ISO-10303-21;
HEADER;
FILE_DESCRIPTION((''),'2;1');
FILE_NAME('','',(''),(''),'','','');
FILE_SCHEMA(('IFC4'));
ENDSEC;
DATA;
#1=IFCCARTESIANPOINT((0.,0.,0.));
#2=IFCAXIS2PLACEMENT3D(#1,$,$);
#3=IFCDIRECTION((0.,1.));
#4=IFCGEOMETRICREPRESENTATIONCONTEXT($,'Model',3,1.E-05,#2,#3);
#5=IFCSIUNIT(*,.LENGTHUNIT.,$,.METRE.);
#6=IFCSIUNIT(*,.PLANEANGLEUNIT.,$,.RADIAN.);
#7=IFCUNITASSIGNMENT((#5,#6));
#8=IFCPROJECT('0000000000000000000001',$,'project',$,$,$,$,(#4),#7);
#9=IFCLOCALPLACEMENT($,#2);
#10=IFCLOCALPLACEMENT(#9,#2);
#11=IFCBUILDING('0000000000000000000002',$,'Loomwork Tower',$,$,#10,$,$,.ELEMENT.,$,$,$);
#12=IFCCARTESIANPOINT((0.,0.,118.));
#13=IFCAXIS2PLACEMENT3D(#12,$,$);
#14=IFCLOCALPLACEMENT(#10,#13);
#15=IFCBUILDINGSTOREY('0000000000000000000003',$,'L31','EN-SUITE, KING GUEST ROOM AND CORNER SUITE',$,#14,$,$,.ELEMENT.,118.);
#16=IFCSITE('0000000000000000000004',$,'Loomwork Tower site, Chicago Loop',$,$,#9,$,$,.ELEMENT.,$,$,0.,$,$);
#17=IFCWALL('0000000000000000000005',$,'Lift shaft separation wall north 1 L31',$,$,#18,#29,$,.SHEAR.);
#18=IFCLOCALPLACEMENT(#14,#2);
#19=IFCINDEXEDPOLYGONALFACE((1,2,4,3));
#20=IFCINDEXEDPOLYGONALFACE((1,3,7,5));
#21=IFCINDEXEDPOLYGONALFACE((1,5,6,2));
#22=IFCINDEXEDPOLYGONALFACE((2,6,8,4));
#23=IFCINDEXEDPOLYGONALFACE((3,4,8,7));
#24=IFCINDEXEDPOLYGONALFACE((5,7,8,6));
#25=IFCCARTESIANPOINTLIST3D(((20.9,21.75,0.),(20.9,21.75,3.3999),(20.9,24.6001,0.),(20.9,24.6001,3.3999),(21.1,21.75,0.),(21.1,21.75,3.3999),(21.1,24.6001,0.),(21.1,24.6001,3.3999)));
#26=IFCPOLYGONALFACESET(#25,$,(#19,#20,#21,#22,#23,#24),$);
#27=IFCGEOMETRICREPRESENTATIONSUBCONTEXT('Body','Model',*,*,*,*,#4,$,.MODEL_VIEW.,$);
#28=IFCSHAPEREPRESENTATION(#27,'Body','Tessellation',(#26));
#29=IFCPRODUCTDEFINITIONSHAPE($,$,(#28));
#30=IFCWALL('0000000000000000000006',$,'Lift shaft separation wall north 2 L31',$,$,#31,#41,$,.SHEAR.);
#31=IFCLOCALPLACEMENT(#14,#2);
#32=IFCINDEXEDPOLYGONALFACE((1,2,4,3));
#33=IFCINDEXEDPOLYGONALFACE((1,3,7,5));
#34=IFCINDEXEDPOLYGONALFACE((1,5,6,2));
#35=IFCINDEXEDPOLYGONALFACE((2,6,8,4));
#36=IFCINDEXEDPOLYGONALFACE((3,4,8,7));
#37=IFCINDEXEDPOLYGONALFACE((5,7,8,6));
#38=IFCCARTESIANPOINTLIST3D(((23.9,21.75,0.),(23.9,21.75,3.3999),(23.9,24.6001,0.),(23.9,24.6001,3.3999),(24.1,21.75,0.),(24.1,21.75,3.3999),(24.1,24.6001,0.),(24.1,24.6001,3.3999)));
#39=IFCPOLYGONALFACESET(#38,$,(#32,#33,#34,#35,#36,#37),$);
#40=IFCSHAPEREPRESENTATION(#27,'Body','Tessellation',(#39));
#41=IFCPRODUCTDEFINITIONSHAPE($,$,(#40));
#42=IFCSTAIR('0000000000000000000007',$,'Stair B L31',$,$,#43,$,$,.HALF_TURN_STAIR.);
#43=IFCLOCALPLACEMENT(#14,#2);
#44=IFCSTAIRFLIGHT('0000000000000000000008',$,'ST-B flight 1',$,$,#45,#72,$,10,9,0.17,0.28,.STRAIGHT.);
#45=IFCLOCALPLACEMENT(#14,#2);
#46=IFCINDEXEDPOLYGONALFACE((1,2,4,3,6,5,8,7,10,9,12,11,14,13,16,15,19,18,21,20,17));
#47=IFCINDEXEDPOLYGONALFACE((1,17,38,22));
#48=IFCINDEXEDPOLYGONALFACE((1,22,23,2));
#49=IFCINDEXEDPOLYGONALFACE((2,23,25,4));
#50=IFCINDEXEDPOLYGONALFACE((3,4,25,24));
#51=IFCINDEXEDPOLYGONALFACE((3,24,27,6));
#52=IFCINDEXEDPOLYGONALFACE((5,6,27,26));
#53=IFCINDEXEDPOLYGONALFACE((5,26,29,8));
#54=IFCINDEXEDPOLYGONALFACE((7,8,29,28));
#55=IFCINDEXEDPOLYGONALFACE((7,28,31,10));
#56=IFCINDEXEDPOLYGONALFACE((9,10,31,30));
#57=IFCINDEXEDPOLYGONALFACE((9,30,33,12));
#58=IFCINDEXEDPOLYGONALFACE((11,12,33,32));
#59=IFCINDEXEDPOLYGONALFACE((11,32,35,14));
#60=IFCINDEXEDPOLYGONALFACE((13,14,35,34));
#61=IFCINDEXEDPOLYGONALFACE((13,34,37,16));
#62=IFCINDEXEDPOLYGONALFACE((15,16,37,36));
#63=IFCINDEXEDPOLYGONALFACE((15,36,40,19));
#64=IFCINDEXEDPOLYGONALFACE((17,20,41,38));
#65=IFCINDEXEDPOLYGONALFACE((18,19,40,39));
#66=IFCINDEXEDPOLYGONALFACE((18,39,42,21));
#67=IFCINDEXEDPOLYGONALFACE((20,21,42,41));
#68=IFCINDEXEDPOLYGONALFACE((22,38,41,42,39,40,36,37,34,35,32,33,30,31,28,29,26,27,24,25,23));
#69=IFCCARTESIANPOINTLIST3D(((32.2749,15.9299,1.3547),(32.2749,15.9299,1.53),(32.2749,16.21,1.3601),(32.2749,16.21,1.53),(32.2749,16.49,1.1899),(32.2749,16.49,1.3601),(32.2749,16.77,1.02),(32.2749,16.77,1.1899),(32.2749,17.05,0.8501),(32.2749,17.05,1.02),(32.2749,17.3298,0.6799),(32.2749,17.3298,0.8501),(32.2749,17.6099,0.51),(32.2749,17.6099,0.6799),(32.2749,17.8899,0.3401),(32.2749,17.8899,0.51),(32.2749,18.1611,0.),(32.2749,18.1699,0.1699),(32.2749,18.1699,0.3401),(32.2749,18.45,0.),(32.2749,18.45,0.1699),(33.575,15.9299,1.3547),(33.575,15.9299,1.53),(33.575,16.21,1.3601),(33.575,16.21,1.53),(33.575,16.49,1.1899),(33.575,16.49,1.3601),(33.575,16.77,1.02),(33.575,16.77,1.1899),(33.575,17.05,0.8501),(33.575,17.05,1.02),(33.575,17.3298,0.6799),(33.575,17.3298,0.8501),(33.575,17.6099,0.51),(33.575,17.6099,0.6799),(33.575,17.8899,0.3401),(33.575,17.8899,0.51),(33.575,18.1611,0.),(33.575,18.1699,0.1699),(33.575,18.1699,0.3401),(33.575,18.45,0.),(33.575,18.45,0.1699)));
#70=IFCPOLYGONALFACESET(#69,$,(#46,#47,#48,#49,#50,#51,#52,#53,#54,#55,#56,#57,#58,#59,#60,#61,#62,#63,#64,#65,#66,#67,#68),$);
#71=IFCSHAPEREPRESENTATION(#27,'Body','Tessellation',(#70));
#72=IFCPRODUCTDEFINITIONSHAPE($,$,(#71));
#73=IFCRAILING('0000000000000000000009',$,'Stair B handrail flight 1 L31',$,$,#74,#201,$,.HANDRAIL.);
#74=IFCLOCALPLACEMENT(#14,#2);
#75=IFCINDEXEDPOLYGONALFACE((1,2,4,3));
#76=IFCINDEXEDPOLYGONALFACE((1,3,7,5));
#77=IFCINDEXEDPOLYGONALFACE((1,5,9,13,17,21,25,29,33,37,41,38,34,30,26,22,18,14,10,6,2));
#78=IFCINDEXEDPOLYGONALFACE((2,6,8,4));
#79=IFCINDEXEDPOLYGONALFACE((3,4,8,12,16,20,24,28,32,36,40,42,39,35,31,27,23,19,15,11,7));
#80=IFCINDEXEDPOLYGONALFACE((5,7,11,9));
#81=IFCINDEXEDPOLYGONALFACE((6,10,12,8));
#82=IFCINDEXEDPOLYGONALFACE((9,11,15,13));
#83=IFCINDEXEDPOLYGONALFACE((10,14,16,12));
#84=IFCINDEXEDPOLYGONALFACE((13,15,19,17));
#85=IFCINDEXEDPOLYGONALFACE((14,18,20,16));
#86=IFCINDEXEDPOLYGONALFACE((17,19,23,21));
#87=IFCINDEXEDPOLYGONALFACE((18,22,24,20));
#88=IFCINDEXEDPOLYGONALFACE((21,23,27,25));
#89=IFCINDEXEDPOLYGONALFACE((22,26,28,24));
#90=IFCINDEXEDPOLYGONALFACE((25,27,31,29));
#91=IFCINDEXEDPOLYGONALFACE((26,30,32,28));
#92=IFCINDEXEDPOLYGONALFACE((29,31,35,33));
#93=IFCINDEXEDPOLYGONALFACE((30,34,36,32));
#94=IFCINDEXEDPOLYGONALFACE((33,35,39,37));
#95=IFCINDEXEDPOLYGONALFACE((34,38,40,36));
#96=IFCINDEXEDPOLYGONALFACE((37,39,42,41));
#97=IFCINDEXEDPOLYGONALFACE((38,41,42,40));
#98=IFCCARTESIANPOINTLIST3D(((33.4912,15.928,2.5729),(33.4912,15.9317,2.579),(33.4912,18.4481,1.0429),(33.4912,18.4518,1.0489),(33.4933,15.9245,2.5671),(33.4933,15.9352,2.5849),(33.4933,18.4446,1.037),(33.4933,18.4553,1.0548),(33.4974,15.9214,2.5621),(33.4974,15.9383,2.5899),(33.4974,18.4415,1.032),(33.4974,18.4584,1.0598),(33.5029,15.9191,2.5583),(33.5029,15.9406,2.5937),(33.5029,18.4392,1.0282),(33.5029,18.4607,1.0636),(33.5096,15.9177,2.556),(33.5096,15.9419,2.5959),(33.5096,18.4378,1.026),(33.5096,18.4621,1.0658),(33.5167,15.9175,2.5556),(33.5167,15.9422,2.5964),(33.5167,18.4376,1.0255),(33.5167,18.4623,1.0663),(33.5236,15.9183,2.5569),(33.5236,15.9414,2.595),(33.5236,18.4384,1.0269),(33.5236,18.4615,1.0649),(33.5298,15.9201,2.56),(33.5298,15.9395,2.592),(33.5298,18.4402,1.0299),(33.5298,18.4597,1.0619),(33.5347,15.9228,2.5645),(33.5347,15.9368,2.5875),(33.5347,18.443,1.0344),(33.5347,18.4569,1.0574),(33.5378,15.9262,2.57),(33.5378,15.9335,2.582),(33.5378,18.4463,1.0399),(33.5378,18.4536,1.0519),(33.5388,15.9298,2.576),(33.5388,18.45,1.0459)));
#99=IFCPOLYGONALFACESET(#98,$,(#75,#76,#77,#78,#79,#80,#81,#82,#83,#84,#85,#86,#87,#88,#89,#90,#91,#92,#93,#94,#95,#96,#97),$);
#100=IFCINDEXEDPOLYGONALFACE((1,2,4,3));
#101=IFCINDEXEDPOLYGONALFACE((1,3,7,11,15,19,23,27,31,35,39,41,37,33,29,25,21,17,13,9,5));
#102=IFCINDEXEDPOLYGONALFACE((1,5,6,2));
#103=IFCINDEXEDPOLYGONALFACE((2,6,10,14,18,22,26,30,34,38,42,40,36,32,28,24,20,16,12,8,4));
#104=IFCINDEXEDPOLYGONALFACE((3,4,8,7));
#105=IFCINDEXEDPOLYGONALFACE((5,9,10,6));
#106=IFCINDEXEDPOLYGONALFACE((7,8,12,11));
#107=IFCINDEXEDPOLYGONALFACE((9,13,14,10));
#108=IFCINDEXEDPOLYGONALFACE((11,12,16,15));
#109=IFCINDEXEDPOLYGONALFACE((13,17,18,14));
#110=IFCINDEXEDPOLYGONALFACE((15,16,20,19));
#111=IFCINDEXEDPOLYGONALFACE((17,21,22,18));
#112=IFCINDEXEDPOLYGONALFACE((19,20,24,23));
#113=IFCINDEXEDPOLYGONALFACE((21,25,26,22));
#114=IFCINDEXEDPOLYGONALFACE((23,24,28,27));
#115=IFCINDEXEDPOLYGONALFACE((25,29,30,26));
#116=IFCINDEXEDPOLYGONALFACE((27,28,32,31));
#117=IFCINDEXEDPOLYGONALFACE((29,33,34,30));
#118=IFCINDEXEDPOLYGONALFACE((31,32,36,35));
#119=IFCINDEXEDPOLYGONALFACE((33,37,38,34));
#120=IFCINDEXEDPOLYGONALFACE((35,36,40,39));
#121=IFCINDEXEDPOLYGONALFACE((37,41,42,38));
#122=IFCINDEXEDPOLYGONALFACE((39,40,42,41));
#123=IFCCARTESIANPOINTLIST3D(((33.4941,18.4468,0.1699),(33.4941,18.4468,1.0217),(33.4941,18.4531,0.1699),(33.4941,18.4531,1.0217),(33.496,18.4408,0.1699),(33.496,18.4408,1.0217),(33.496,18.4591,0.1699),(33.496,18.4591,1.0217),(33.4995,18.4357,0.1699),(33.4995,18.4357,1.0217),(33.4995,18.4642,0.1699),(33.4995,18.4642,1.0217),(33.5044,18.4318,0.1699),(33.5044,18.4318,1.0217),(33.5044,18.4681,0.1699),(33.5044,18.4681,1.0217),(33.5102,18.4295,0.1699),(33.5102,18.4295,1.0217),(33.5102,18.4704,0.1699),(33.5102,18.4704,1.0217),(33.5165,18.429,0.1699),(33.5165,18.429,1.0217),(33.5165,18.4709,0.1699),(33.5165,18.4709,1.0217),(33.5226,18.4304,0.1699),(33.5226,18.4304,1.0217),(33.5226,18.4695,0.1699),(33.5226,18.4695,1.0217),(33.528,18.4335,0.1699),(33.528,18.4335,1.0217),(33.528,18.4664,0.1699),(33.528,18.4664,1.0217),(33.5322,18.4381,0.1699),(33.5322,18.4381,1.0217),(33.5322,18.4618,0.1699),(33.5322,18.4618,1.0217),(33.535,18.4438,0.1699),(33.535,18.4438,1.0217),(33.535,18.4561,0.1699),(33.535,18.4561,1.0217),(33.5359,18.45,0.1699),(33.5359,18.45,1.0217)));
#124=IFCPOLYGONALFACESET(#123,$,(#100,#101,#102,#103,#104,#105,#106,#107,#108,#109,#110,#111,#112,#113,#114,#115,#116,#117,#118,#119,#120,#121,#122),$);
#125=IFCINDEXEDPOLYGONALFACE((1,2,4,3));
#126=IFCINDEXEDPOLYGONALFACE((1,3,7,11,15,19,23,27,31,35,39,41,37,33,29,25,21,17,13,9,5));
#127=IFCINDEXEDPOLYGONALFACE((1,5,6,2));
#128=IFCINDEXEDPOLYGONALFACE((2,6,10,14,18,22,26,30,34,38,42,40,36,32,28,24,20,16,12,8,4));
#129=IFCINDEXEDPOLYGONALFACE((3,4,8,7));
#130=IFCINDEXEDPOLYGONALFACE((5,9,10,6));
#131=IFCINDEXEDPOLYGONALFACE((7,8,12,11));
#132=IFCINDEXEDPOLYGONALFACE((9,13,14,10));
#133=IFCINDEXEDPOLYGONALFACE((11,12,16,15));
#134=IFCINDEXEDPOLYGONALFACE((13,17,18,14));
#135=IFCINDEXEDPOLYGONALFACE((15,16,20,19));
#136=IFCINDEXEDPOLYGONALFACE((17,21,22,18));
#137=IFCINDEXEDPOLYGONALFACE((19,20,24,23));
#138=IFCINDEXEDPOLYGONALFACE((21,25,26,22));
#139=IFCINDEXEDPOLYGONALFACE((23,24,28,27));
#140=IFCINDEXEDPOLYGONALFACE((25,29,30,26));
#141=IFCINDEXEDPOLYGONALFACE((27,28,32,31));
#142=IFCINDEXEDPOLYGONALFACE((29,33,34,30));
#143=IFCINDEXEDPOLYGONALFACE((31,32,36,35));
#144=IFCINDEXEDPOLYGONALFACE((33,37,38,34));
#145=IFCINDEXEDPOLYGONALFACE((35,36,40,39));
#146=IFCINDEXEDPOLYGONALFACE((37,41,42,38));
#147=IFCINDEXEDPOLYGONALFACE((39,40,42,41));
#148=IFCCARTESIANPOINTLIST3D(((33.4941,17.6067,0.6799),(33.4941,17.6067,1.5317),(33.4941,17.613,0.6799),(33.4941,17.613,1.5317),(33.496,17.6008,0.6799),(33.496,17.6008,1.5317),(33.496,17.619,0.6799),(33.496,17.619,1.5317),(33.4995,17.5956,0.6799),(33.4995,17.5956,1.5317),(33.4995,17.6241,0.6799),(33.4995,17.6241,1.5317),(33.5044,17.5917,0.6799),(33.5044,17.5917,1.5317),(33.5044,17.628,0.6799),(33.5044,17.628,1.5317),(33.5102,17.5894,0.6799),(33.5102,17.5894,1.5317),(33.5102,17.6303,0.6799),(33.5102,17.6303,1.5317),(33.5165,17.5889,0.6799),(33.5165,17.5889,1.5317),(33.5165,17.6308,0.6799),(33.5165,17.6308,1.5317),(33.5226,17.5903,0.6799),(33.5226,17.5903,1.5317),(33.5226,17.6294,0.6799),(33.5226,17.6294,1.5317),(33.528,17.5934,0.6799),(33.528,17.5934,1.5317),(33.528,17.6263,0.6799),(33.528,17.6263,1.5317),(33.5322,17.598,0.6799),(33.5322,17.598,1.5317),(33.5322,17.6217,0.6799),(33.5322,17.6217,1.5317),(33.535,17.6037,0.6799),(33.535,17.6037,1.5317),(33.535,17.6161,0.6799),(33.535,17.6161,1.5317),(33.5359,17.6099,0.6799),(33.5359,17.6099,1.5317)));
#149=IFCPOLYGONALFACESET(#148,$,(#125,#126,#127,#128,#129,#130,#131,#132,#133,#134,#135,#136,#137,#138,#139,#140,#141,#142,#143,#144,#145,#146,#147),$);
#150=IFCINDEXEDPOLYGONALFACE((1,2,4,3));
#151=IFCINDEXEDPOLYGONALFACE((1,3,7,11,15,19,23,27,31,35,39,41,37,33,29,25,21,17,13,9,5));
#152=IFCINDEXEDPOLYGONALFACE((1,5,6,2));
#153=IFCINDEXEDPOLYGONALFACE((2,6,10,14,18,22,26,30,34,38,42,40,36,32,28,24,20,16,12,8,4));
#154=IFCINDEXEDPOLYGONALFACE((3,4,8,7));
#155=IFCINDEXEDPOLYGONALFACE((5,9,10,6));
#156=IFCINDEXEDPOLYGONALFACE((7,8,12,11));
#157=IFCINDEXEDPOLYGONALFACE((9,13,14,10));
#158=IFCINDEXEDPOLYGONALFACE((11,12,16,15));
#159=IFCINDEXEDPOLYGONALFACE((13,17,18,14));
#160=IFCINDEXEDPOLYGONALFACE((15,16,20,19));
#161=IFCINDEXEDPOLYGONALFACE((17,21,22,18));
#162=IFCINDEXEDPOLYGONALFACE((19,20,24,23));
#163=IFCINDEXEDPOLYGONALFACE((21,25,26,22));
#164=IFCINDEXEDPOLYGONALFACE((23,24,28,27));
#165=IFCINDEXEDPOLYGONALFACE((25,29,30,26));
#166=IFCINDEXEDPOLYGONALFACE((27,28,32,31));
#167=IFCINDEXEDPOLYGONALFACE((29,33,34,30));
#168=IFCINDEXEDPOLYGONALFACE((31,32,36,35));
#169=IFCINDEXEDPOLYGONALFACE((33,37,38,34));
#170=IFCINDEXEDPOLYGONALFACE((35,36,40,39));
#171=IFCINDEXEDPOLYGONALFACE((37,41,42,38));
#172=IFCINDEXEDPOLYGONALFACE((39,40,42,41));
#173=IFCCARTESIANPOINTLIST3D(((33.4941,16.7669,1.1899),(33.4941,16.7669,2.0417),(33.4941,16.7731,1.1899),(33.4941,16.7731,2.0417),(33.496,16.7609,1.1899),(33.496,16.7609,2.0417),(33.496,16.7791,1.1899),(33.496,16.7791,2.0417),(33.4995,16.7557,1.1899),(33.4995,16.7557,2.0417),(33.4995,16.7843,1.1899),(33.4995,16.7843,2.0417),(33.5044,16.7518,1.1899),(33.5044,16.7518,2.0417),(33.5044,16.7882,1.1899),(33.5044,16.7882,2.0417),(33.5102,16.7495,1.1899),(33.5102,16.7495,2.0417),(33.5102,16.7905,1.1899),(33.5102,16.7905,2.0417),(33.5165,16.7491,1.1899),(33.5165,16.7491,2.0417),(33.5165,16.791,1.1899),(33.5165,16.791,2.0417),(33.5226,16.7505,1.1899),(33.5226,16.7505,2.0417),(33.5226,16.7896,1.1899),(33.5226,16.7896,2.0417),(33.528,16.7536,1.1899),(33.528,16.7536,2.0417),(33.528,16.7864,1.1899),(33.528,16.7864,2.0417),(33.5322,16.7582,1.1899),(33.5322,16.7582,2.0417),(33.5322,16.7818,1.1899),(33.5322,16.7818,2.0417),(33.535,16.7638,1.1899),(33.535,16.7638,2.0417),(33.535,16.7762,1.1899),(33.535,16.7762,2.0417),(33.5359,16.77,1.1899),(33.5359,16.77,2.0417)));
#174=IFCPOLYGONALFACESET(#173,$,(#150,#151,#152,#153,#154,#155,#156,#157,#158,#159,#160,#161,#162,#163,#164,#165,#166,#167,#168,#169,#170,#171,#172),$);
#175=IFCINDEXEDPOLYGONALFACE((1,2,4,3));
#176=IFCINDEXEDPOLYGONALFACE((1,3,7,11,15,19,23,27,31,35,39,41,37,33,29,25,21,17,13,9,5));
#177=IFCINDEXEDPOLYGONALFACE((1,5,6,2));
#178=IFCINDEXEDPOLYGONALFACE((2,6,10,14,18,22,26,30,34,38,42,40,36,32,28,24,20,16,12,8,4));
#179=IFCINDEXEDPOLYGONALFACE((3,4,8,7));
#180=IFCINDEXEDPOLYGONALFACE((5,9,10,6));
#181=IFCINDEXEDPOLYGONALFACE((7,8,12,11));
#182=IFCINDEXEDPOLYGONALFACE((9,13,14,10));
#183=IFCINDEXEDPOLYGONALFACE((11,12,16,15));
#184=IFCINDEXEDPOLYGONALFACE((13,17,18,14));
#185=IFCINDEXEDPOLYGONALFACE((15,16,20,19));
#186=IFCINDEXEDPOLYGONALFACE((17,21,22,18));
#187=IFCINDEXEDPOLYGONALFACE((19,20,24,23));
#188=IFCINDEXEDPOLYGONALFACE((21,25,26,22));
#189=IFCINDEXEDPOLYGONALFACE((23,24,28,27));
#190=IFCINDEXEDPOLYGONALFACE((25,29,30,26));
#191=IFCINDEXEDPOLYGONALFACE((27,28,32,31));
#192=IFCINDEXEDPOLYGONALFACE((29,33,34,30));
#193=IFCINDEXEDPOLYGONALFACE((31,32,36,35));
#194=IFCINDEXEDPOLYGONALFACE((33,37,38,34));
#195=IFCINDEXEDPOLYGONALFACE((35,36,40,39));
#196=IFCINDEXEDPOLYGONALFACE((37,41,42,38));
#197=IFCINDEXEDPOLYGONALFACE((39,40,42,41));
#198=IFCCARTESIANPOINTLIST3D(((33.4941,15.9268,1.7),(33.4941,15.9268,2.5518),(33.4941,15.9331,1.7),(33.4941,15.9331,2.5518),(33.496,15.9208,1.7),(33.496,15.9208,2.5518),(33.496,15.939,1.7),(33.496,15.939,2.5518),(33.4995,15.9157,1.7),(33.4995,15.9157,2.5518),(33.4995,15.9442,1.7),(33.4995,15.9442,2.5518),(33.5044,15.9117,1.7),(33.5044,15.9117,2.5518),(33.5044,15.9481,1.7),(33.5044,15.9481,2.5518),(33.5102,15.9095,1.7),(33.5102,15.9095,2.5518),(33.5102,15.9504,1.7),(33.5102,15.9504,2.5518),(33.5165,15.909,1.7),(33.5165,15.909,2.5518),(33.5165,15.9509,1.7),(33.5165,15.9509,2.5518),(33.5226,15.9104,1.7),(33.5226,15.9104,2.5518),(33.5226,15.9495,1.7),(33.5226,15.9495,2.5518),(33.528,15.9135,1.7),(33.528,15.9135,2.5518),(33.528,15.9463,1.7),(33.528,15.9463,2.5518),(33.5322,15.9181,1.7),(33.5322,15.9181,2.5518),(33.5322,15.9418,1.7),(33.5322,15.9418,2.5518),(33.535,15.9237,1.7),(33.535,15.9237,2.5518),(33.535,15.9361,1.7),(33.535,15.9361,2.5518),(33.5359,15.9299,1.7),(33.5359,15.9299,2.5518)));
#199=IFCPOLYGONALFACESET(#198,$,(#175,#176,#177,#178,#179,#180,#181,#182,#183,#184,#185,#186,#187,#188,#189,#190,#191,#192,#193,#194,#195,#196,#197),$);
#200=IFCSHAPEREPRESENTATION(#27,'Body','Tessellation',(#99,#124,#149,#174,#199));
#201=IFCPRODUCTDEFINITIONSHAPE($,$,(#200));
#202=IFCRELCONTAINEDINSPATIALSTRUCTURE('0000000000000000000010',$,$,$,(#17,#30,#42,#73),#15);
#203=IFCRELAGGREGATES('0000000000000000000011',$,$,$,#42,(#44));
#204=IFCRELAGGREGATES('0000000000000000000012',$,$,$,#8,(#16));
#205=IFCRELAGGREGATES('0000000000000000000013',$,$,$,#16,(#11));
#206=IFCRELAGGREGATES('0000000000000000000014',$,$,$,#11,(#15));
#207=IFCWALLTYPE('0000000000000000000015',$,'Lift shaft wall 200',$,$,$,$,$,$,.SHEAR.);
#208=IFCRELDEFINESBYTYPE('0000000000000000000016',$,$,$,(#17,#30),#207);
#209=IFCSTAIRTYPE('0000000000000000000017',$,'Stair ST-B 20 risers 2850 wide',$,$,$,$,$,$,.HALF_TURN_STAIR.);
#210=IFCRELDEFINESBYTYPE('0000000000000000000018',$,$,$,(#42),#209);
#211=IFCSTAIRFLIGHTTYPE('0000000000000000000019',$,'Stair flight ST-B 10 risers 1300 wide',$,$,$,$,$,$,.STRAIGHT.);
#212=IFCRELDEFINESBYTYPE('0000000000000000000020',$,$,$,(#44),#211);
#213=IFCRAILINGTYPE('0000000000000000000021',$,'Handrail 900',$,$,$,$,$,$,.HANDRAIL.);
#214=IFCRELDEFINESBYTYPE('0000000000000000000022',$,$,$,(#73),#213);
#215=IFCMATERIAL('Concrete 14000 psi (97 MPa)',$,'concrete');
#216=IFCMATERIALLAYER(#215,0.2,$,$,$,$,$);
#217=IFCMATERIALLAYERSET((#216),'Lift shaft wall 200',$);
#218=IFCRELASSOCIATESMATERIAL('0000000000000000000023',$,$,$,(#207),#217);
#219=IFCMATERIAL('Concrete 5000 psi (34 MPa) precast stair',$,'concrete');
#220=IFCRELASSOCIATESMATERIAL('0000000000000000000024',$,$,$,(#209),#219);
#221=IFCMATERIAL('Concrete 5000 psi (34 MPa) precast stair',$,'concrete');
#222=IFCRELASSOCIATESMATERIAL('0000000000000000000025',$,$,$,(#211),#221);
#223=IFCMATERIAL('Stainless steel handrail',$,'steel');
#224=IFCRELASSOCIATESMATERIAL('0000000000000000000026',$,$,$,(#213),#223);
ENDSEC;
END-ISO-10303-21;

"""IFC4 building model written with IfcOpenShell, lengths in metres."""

from ifc_helpers import new_model, si_unit, direction, frame, frame_2d, origin, origin_2d, place, context, subcontext, project, spatial, polyline, rectangle, circle, outline, extrude, material, layer, layer_set, type_object, element, aggregate, save


model = new_model("IFC4")

# Units and contexts
model_context = context("Model", 3, precision=1e-05, world=origin(), true_north=direction((0.0, 1.0)))
body_context = subcontext(model_context, "Body", "Model", "MODEL_VIEW")
ifc_project = project(units=[si_unit("LENGTHUNIT", "METRE"), si_unit("PLANEANGLEUNIT", "RADIAN")], contexts=[model_context])

# Site, building, storey
site_placement = place(None, origin())
site = spatial("IfcSite", under=ifc_project, at=site_placement, Name="Loomwork Tower site, Chicago Loop", CompositionType="ELEMENT", RefElevation=0.0)
building_placement = place(site_placement, origin())
building = spatial("IfcBuilding", under=site, at=building_placement, Name="Loomwork Tower", CompositionType="ELEMENT")
storey_placement = place(building_placement, frame((0.0, 0.0, 118.0)))
storey = spatial("IfcBuildingStorey", under=building, at=storey_placement, Name="L31", Description="EN-SUITE, KING GUEST ROOM AND CORNER SUITE", CompositionType="ELEMENT", Elevation=118.0)

# Walls
ifc_material_1 = material(Name="Concrete 14000 psi (97 MPa)", Category="concrete")
ifc_layer_1 = layer(ifc_material_1, 0.2)
ifc_layer_set_1 = layer_set([ifc_layer_1], Name="Lift shaft wall 200")
wall_type_1 = type_object("IfcWallType", Name="Lift shaft wall 200", PredefinedType="SHEAR", material=ifc_layer_set_1)
for number, where, z_axis, x_axis, name in (
    (1, (21.0, 21.75, 0.0), (0.0, 0.0, 1.0), (0.0, 1.0, 0.0), "Lift shaft separation wall north 1 L31"),
    (2, (24.0, 21.75, 0.0), (0.0, 0.0, 1.0), (0.0, 1.0, 0.0), "Lift shaft separation wall north 2 L31"),
):
    element("IfcWall", number, at=place(storey_placement, frame(where, z_axis=z_axis, x_axis=x_axis)), inside=storey, type_object=wall_type_1, Name=name, PredefinedType="SHEAR", context=body_context, shape_type="SweptSolid", body=[
        extrude(rectangle(XDim=2.8501, YDim=0.2, at=frame_2d((1.425, 0.0))), origin(), (0.0, 0.0, 1.0), 3.3999),
    ])

# Stair, stair flight
ifc_material_2 = material(Name="Concrete 5000 psi (34 MPa) precast stair", Category="concrete")
stair_type = type_object("IfcStairType", Name="Stair ST-B 20 risers 2850 wide", PredefinedType="HALF_TURN_STAIR", material=ifc_material_2)
stair_placement = place(storey_placement, origin())
stair = element("IfcStair", 3, at=stair_placement, inside=storey, type_object=stair_type, Name="Stair B L31", PredefinedType="HALF_TURN_STAIR")
ifc_material_3 = material(Name="Concrete 5000 psi (34 MPa) precast stair", Category="concrete")
stair_flight_type = type_object("IfcStairFlightType", Name="Stair flight ST-B 10 risers 1300 wide", PredefinedType="STRAIGHT", material=ifc_material_3)
stair_flight_placement = place(storey_placement, frame((32.925, 18.45, 0.0), z_axis=(0.0, 0.0, 1.0), x_axis=(0.0, -1.0, 0.0)))
stair_flight = element("IfcStairFlight", 4, at=stair_flight_placement, type_object=stair_flight_type, Name="ST-B flight 1", NumberOfRisers=10, NumberOfTreads=9, PredefinedType="STRAIGHT", RiserHeight=0.17, TreadLength=0.28, context=body_context, shape_type="SweptSolid", body=[
    extrude(outline(polyline([(0.0, 0.0), (0.0, 0.1699), (0.28, 0.1699), (0.28, 0.3401), (0.5601, 0.3401), (0.5601, 0.51), (0.8401, 0.51), (0.8401, 0.6799), (1.1201, 0.6799), (1.1201, 0.8501), (1.3999, 0.8501), (1.3999, 1.02), (1.6799, 1.02), (1.6799, 1.1899), (1.96, 1.1899), (1.96, 1.3601), (2.24, 1.3601), (2.24, 1.53), (2.52, 1.53), (2.52, 1.7), (2.52, 1.3547), (0.2888, 0.0), (0.0, 0.0)])), frame((0.0, 0.6499, 0.0), z_axis=(0.0, -1.0, 0.0), x_axis=(1.0, 0.0, 0.0)), (0.0, 0.0, 1.0), 1.3),
])
aggregate(stair, [stair_flight])

# Railing
ifc_material_4 = material(Name="Stainless steel handrail", Category="steel")
railing_type = type_object("IfcRailingType", Name="Handrail 900", PredefinedType="HANDRAIL", material=ifc_material_4)
railing_placement = place(storey_placement, frame((33.5149, 18.45, 0.1699)))
element("IfcRailing", 5, at=railing_placement, inside=storey, type_object=railing_type, Name="Stair B handrail flight 1 L31", PredefinedType="HANDRAIL", context=body_context, shape_type="SweptSolid", body=[
    extrude(circle(Radius=0.0239, at=origin_2d()), frame((0.0, 0.0, 0.876), z_axis=(0.0, -0.854785, 0.518982), x_axis=(1.0, 0.0, 0.0)), (0.0, 0.0, 1.0), 2.9482),
    extrude(circle(Radius=0.021, at=origin_2d()), origin(), (0.0, 0.0, 1.0), 0.8518),
    extrude(circle(Radius=0.021, at=origin_2d()), frame((0.0, -0.8401, 0.51)), (0.0, 0.0, 1.0), 0.8518),
    extrude(circle(Radius=0.021, at=origin_2d()), frame((0.0, -1.6799, 1.02)), (0.0, 0.0, 1.0), 0.8518),
    extrude(circle(Radius=0.021, at=origin_2d()), frame((0.0, -2.52, 1.53)), (0.0, 0.0, 1.0), 0.8518),
])

save(model, "model.ifc")
